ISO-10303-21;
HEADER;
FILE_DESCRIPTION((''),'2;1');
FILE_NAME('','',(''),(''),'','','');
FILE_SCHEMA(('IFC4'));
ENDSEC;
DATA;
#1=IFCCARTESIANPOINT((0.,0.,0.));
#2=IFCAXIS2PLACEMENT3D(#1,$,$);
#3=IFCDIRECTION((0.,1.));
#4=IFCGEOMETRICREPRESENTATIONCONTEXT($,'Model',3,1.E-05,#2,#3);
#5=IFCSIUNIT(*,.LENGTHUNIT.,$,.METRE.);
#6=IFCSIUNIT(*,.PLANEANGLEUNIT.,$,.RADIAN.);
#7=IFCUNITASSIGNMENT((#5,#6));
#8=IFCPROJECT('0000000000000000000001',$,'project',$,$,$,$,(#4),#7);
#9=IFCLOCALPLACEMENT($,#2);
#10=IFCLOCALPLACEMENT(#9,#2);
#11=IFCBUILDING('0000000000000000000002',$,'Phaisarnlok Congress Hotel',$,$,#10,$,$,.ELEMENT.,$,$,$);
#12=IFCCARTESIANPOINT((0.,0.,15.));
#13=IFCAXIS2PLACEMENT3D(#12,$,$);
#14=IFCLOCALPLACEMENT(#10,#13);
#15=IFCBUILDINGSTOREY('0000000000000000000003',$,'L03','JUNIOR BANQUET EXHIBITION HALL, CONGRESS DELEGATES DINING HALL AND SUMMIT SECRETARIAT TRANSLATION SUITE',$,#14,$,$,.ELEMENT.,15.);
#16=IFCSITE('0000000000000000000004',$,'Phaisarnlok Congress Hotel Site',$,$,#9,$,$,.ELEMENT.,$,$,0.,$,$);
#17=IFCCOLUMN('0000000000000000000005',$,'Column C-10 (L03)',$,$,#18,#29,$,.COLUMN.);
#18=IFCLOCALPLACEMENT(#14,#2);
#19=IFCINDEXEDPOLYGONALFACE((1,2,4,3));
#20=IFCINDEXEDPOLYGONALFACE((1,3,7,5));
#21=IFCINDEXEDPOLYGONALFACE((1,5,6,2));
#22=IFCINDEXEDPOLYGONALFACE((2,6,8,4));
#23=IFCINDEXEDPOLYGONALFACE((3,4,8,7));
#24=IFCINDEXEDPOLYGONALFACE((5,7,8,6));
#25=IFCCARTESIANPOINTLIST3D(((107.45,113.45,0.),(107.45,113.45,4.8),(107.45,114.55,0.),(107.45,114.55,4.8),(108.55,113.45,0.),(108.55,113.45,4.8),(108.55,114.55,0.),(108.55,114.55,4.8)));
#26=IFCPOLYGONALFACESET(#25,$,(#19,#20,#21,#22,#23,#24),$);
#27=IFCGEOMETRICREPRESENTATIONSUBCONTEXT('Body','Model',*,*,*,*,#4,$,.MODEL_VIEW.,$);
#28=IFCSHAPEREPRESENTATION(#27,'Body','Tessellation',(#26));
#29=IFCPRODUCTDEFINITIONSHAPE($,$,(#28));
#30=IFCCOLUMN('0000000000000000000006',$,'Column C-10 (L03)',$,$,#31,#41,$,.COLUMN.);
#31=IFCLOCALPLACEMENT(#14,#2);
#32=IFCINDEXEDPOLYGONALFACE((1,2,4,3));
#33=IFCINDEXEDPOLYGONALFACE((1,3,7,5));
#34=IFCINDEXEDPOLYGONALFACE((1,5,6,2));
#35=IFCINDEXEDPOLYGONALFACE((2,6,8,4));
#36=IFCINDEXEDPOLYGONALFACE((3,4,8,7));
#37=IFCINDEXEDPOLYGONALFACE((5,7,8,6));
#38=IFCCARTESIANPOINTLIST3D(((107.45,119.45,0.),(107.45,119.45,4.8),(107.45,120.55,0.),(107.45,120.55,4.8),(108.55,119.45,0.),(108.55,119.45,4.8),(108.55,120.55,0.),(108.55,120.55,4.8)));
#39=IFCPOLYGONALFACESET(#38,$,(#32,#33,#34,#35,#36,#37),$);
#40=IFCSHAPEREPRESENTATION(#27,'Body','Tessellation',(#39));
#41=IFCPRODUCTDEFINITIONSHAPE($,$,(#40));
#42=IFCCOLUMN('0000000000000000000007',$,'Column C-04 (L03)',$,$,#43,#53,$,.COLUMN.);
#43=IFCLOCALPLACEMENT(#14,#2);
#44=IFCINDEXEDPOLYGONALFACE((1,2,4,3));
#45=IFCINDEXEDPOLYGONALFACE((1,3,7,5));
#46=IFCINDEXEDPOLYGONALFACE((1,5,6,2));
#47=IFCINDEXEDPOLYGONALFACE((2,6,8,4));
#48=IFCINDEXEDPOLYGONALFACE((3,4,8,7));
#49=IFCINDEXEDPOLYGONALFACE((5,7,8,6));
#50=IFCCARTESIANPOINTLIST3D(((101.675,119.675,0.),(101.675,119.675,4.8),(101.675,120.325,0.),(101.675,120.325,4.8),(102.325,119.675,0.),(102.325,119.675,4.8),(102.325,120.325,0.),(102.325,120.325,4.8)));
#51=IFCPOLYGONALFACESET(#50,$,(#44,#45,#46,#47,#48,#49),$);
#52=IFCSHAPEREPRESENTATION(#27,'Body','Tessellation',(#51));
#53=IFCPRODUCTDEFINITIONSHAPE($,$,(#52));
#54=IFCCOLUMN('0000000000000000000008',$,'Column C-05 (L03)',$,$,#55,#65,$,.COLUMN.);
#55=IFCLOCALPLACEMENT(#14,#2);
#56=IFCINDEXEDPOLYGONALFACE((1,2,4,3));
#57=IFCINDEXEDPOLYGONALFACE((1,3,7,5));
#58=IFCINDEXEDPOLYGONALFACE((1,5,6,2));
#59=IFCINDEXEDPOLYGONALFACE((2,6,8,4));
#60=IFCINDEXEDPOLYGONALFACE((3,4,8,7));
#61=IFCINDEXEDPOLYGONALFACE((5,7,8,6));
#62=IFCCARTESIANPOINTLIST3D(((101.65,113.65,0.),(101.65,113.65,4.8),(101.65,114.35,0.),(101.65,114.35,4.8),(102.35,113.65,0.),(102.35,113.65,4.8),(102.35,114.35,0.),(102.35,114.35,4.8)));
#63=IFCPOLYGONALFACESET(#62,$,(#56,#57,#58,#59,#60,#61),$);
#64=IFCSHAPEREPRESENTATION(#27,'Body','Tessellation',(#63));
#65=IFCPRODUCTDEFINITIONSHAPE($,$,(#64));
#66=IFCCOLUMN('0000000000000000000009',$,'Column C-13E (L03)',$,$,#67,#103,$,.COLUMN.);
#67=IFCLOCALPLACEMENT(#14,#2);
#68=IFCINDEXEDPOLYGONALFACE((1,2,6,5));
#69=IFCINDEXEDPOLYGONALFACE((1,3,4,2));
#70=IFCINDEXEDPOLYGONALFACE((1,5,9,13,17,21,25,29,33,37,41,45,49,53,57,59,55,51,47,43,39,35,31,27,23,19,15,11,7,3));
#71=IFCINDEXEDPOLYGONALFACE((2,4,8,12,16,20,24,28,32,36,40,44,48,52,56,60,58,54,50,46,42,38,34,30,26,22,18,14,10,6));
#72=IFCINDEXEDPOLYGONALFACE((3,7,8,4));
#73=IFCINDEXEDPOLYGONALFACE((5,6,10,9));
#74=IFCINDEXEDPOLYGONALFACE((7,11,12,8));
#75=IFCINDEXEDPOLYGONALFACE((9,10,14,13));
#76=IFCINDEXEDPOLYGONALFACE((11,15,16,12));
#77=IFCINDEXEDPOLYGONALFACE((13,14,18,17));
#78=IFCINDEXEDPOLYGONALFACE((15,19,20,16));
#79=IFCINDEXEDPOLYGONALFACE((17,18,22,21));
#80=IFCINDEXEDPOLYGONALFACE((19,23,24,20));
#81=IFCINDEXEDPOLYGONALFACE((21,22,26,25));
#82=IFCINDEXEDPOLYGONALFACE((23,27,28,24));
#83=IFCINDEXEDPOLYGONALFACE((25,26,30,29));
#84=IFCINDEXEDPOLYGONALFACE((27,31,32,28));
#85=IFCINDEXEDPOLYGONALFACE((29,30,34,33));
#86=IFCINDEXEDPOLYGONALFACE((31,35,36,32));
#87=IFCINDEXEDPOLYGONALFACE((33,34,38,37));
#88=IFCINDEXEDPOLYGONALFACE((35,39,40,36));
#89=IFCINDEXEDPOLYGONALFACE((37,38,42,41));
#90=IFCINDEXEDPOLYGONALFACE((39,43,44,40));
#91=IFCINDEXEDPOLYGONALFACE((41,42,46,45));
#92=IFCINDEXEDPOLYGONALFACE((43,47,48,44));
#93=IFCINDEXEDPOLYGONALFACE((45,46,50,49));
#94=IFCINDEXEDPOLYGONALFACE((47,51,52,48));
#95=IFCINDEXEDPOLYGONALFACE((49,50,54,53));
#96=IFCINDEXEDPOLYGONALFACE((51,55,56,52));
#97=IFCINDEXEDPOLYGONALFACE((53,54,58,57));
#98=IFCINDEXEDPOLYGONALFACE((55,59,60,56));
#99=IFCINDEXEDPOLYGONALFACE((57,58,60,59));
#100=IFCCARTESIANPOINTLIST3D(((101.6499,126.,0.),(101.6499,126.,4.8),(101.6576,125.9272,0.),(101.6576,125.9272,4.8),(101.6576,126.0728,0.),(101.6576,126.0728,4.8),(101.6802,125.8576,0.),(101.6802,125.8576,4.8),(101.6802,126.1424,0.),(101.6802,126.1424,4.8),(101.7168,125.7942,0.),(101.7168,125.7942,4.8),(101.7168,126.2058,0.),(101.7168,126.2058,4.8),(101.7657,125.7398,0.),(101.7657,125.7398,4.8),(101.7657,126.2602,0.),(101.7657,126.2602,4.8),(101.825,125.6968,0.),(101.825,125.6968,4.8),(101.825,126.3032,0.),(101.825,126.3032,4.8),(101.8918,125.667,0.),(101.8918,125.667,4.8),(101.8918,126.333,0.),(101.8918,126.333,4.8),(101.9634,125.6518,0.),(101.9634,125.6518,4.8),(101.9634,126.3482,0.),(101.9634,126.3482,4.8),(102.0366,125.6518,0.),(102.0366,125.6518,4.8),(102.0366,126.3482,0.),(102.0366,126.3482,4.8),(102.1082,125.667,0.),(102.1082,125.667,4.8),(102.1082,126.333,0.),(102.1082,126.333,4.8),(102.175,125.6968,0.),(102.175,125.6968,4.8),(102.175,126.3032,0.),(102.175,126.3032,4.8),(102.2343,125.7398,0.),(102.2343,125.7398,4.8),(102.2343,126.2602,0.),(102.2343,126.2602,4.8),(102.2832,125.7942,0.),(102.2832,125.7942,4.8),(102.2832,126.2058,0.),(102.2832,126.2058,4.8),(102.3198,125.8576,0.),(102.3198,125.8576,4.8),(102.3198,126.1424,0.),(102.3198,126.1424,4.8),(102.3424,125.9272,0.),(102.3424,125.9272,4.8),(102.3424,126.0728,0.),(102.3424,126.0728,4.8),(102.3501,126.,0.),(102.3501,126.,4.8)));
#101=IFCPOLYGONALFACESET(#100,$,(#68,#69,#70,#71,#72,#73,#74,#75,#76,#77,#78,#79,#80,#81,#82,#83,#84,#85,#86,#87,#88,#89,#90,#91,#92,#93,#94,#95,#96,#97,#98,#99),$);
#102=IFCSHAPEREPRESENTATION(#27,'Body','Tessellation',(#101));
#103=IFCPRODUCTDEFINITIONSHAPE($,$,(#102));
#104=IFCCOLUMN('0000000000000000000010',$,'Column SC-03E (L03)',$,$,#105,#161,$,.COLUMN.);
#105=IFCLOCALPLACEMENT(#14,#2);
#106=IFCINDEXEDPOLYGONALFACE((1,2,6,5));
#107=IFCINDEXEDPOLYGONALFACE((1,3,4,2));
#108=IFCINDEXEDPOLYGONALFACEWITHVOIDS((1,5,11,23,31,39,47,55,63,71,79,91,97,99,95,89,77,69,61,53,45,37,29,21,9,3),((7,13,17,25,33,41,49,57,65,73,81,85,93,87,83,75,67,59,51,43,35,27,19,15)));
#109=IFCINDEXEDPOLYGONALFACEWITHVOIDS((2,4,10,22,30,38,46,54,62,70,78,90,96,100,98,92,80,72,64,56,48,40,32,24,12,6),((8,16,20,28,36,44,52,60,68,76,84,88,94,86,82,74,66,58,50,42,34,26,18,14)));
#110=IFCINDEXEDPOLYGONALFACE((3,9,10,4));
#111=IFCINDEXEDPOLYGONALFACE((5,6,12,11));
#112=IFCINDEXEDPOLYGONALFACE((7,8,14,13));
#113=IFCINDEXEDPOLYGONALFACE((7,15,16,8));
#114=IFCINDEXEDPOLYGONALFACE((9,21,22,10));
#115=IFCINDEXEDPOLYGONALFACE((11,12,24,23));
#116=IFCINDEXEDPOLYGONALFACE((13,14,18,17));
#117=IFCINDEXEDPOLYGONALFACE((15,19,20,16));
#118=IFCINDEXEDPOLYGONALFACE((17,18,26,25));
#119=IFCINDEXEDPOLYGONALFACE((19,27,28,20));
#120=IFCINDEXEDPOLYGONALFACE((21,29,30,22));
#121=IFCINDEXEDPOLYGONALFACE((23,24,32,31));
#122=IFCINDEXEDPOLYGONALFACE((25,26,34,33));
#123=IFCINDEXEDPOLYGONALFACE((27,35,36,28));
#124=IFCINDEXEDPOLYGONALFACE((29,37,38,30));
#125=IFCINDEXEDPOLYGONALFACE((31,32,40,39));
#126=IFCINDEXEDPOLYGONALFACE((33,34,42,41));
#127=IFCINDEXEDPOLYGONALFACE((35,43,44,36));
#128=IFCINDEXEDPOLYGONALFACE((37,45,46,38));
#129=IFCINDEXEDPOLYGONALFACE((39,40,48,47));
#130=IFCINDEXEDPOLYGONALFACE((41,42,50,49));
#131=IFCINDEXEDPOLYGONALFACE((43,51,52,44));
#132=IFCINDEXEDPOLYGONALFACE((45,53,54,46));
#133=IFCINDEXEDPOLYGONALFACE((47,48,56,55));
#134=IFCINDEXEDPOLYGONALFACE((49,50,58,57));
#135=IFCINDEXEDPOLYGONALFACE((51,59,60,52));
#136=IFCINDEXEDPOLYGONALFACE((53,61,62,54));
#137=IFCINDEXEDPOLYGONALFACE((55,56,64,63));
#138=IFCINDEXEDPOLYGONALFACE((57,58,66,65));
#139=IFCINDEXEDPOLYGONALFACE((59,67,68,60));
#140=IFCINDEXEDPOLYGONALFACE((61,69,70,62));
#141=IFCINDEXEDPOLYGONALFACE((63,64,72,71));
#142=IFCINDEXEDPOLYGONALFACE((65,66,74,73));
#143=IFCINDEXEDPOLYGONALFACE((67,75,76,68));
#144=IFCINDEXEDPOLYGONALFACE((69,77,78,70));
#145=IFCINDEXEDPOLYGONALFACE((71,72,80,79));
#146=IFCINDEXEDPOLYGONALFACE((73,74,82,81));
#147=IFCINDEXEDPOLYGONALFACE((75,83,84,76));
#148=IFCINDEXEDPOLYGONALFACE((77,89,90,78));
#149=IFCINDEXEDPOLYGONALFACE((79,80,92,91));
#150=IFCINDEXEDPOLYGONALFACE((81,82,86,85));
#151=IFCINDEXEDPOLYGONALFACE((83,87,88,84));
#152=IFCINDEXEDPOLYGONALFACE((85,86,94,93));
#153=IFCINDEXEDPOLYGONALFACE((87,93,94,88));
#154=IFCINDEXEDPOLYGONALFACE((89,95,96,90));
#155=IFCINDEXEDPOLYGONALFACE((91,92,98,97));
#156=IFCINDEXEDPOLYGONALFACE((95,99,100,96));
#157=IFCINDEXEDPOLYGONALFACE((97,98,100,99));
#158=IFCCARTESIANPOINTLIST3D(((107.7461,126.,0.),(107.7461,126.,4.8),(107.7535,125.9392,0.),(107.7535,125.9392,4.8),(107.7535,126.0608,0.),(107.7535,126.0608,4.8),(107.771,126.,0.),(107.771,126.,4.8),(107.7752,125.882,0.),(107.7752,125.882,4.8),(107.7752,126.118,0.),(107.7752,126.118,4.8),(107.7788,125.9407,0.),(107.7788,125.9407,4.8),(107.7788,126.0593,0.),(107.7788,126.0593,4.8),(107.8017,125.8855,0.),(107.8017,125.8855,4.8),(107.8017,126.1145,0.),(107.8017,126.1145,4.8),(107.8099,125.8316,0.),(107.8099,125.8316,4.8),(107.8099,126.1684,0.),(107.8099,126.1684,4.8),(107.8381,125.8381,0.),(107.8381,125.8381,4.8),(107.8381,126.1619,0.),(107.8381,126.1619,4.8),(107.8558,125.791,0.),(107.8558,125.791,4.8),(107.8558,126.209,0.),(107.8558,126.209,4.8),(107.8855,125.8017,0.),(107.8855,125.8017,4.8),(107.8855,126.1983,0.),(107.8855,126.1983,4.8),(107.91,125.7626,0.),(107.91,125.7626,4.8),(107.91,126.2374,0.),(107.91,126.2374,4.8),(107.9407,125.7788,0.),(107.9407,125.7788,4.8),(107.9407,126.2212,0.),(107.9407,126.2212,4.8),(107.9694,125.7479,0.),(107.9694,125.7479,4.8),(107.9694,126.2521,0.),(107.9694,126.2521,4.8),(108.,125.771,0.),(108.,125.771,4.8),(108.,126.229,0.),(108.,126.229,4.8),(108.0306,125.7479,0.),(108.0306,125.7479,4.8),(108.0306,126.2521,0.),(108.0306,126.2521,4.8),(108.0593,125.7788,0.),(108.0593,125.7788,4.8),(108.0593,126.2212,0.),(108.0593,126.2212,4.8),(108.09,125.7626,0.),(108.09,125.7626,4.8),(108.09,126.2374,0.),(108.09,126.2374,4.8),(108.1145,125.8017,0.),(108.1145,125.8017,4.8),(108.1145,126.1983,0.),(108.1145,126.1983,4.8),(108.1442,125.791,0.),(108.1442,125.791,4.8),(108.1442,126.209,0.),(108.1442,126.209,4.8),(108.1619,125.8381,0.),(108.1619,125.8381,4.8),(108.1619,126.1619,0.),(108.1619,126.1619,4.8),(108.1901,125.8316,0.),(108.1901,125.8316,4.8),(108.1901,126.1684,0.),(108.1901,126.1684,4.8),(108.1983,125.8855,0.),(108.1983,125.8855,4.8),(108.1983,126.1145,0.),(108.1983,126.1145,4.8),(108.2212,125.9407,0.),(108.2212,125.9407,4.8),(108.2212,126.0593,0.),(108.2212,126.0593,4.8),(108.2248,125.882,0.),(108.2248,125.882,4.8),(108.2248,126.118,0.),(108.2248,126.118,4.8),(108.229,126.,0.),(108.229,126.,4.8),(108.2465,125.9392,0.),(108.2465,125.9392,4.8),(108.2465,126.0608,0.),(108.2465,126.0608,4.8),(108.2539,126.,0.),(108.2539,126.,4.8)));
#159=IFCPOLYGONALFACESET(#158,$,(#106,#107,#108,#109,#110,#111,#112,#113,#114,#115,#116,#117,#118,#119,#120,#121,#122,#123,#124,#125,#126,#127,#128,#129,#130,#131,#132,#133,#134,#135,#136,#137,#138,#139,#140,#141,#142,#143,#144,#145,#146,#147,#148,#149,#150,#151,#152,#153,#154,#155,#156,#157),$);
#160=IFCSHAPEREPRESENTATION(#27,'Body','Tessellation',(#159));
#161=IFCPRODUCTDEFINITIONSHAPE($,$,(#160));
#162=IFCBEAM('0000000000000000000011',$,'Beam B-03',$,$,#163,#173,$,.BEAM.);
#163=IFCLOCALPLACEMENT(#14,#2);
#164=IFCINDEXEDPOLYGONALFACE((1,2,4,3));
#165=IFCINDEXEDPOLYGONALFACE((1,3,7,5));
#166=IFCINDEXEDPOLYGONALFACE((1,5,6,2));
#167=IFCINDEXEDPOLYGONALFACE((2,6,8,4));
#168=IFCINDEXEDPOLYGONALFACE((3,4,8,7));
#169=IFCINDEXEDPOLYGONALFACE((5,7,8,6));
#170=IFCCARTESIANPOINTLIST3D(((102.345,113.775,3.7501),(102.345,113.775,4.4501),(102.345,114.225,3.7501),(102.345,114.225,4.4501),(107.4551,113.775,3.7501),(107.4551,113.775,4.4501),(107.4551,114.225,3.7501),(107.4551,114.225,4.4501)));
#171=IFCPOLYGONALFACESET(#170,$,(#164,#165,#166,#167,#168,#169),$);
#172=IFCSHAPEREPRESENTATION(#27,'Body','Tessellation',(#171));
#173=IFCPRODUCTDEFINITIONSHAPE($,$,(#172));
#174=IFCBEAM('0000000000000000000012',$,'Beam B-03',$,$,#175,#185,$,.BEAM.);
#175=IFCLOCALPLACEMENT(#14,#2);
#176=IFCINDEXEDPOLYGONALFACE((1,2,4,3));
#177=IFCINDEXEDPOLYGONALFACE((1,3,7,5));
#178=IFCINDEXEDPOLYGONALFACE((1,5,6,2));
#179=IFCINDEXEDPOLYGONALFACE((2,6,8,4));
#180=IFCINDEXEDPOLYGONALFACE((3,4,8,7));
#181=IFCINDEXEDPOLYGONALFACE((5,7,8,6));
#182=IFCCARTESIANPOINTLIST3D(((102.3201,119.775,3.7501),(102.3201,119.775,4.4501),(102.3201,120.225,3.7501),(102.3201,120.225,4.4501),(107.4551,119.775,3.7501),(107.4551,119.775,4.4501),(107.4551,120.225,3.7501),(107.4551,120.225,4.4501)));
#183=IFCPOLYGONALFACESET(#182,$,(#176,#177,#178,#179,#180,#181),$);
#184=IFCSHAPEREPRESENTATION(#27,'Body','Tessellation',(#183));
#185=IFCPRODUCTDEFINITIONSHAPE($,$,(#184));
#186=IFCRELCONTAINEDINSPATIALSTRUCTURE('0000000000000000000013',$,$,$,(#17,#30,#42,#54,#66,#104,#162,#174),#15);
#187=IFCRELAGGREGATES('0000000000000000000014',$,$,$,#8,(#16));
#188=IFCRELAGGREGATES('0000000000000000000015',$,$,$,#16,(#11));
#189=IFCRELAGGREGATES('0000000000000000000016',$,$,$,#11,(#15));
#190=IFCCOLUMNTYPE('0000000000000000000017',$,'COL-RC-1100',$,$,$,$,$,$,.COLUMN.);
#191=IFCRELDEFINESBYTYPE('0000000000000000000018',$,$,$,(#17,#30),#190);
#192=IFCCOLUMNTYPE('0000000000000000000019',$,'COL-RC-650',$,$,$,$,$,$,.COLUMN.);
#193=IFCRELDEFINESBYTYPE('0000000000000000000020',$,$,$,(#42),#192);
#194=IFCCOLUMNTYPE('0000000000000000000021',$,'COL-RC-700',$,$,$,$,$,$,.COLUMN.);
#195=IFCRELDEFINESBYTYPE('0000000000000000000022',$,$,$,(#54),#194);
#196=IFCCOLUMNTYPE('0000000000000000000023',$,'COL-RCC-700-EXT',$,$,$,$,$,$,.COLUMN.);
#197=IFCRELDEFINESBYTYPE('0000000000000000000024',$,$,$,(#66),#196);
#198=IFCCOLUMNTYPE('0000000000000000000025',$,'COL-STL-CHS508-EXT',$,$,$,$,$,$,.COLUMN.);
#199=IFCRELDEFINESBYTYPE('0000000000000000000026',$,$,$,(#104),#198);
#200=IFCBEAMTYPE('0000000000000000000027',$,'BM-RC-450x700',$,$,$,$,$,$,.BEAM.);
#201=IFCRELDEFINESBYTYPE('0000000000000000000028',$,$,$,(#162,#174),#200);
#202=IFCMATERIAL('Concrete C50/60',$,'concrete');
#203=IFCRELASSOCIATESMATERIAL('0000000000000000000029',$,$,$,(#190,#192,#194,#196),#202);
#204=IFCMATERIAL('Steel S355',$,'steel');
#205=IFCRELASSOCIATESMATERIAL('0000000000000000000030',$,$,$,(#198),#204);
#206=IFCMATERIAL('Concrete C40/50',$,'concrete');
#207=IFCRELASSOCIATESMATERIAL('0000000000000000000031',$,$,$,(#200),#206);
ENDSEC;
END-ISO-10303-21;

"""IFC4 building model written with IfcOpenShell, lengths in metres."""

from ifc_helpers import new_model, si_unit, direction, frame, origin, origin_2d, place, context, subcontext, project, spatial, rectangle, circle, hollow_circle, extrude, material, material_profile, profile_set, type_object, element, save


model = new_model("IFC4")

# Units and contexts
model_context = context("Model", 3, precision=1e-05, world=origin(), true_north=direction((0.0, 1.0)))
body_context = subcontext(model_context, "Body", "Model", "MODEL_VIEW")
ifc_project = project(units=[si_unit("LENGTHUNIT", "METRE"), si_unit("PLANEANGLEUNIT", "RADIAN")], contexts=[model_context])

# Site, building, storey
site_placement = place(None, origin())
site = spatial("IfcSite", under=ifc_project, at=site_placement, Name="Phaisarnlok Congress Hotel Site", CompositionType="ELEMENT", RefElevation=0.0)
building_placement = place(site_placement, origin())
building = spatial("IfcBuilding", under=site, at=building_placement, Name="Phaisarnlok Congress Hotel", CompositionType="ELEMENT")
storey_placement = place(building_placement, frame((0.0, 0.0, 15.0)))
storey = spatial("IfcBuildingStorey", under=building, at=storey_placement, Name="L03", Description="JUNIOR BANQUET EXHIBITION HALL, CONGRESS DELEGATES DINING HALL AND SUMMIT SECRETARIAT TRANSLATION SUITE", CompositionType="ELEMENT", Elevation=15.0)

# Columns
ifc_material_1 = material(Name="Concrete C50/60", Category="concrete")
ifc_material_profile_1 = material_profile(ifc_material_1, rectangle(XDim=1.1001, YDim=1.1001, at=origin_2d()), Name="RC 1100x1100")
ifc_profile_set_1 = profile_set([ifc_material_profile_1], Name="Concrete C50/60")
column_type_1 = type_object("IfcColumnType", Name="COL-RC-1100", PredefinedType="COLUMN", material=ifc_profile_set_1)
for number, where, z_axis, x_axis, name in (
    (1, (108.0, 114.0, 0.0), (0.0, 0.0, 1.0), (1.0, 0.0, 0.0), "Column C-10 (L03)"),
    (2, (108.0, 120.0, 0.0), (0.0, 0.0, 1.0), (1.0, 0.0, 0.0), "Column C-10 (L03)"),
):
    element("IfcColumn", number, at=place(storey_placement, frame(where, z_axis=z_axis, x_axis=x_axis)), inside=storey, type_object=column_type_1, Name=name, PredefinedType="COLUMN", context=body_context, shape_type="SweptSolid", body=[
        extrude(rectangle(XDim=1.1001, YDim=1.1001, at=origin_2d()), origin(), (0.0, 0.0, 1.0), 4.8),
    ])
ifc_material_profile_2 = material_profile(ifc_material_1, rectangle(XDim=0.6499, YDim=0.6499, at=origin_2d()), Name="RC 650x650")
ifc_profile_set_2 = profile_set([ifc_material_profile_2], Name="Concrete C50/60")
column_type_2 = type_object("IfcColumnType", Name="COL-RC-650", PredefinedType="COLUMN", material=ifc_profile_set_2)
column_1_placement = place(storey_placement, frame((102.0, 120.0, 0.0), z_axis=(0.0, 0.0, 1.0), x_axis=(1.0, 0.0, 0.0)))
element("IfcColumn", 3, at=column_1_placement, inside=storey, type_object=column_type_2, Name="Column C-04 (L03)", PredefinedType="COLUMN", context=body_context, shape_type="SweptSolid", body=[
    extrude(rectangle(XDim=0.6499, YDim=0.6499, at=origin_2d()), origin(), (0.0, 0.0, 1.0), 4.8),
])
ifc_material_profile_3 = material_profile(ifc_material_1, rectangle(XDim=0.7, YDim=0.7, at=origin_2d()), Name="RC 700x700")
ifc_profile_set_3 = profile_set([ifc_material_profile_3], Name="Concrete C50/60")
column_type_3 = type_object("IfcColumnType", Name="COL-RC-700", PredefinedType="COLUMN", material=ifc_profile_set_3)
column_2_placement = place(storey_placement, frame((102.0, 114.0, 0.0), z_axis=(0.0, 0.0, 1.0), x_axis=(1.0, 0.0, 0.0)))
element("IfcColumn", 4, at=column_2_placement, inside=storey, type_object=column_type_3, Name="Column C-05 (L03)", PredefinedType="COLUMN", context=body_context, shape_type="SweptSolid", body=[
    extrude(rectangle(XDim=0.7, YDim=0.7, at=origin_2d()), origin(), (0.0, 0.0, 1.0), 4.8),
])
ifc_material_profile_4 = material_profile(ifc_material_1, circle(Radius=0.3501, at=origin_2d()), Name="RCC D700")
ifc_profile_set_4 = profile_set([ifc_material_profile_4], Name="Concrete C50/60")
column_type_4 = type_object("IfcColumnType", Name="COL-RCC-700-EXT", PredefinedType="COLUMN", material=ifc_profile_set_4)
column_3_placement = place(storey_placement, frame((102.0, 126.0, 0.0), z_axis=(0.0, 0.0, 1.0), x_axis=(1.0, 0.0, 0.0)))
element("IfcColumn", 5, at=column_3_placement, inside=storey, type_object=column_type_4, Name="Column C-13E (L03)", PredefinedType="COLUMN", context=body_context, shape_type="SweptSolid", body=[
    extrude(circle(Radius=0.3501, at=origin_2d()), origin(), (0.0, 0.0, 1.0), 4.8),
])
ifc_material_2 = material(Name="Steel S355", Category="steel")
ifc_material_profile_5 = material_profile(ifc_material_2, hollow_circle(Radius=0.2539, WallThickness=0.0249, at=origin_2d()), Name="CHS 508x25")
ifc_profile_set_5 = profile_set([ifc_material_profile_5], Name="Steel S355")
column_type_5 = type_object("IfcColumnType", Name="COL-STL-CHS508-EXT", PredefinedType="COLUMN", material=ifc_profile_set_5)
column_4_placement = place(storey_placement, frame((108.0, 126.0, 0.0), z_axis=(0.0, 0.0, 1.0), x_axis=(1.0, 0.0, 0.0)))
element("IfcColumn", 6, at=column_4_placement, inside=storey, type_object=column_type_5, Name="Column SC-03E (L03)", PredefinedType="COLUMN", context=body_context, shape_type="SweptSolid", body=[
    extrude(hollow_circle(Radius=0.2539, WallThickness=0.0249, at=origin_2d()), origin(), (0.0, 0.0, 1.0), 4.8),
])

# Beams
ifc_material_3 = material(Name="Concrete C40/50", Category="concrete")
ifc_material_profile_6 = material_profile(ifc_material_3, rectangle(XDim=0.45, YDim=0.7, at=origin_2d()), Name="RC 450x700")
ifc_profile_set_6 = profile_set([ifc_material_profile_6], Name="Concrete C40/50")
beam_type_1 = type_object("IfcBeamType", Name="BM-RC-450x700", PredefinedType="BEAM", material=ifc_profile_set_6)
beam_1_placement = place(storey_placement, frame((102.345, 114.0, 4.1001), z_axis=(1.0, 0.0, 0.0), x_axis=(0.0, 1.0, 0.0)))
element("IfcBeam", 7, at=beam_1_placement, inside=storey, type_object=beam_type_1, Name="Beam B-03", PredefinedType="BEAM", context=body_context, shape_type="SweptSolid", body=[
    extrude(rectangle(XDim=0.45, YDim=0.7, at=origin_2d()), origin(), (0.0, 0.0, 1.0), 5.1101),
])
beam_2_placement = place(storey_placement, frame((102.3201, 120.0, 4.1001), z_axis=(1.0, 0.0, 0.0), x_axis=(0.0, 1.0, 0.0)))
element("IfcBeam", 8, at=beam_2_placement, inside=storey, type_object=beam_type_1, Name="Beam B-03", PredefinedType="BEAM", context=body_context, shape_type="SweptSolid", body=[
    extrude(rectangle(XDim=0.45, YDim=0.7, at=origin_2d()), origin(), (0.0, 0.0, 1.0), 5.135),
])

save(model, "model.ifc")
